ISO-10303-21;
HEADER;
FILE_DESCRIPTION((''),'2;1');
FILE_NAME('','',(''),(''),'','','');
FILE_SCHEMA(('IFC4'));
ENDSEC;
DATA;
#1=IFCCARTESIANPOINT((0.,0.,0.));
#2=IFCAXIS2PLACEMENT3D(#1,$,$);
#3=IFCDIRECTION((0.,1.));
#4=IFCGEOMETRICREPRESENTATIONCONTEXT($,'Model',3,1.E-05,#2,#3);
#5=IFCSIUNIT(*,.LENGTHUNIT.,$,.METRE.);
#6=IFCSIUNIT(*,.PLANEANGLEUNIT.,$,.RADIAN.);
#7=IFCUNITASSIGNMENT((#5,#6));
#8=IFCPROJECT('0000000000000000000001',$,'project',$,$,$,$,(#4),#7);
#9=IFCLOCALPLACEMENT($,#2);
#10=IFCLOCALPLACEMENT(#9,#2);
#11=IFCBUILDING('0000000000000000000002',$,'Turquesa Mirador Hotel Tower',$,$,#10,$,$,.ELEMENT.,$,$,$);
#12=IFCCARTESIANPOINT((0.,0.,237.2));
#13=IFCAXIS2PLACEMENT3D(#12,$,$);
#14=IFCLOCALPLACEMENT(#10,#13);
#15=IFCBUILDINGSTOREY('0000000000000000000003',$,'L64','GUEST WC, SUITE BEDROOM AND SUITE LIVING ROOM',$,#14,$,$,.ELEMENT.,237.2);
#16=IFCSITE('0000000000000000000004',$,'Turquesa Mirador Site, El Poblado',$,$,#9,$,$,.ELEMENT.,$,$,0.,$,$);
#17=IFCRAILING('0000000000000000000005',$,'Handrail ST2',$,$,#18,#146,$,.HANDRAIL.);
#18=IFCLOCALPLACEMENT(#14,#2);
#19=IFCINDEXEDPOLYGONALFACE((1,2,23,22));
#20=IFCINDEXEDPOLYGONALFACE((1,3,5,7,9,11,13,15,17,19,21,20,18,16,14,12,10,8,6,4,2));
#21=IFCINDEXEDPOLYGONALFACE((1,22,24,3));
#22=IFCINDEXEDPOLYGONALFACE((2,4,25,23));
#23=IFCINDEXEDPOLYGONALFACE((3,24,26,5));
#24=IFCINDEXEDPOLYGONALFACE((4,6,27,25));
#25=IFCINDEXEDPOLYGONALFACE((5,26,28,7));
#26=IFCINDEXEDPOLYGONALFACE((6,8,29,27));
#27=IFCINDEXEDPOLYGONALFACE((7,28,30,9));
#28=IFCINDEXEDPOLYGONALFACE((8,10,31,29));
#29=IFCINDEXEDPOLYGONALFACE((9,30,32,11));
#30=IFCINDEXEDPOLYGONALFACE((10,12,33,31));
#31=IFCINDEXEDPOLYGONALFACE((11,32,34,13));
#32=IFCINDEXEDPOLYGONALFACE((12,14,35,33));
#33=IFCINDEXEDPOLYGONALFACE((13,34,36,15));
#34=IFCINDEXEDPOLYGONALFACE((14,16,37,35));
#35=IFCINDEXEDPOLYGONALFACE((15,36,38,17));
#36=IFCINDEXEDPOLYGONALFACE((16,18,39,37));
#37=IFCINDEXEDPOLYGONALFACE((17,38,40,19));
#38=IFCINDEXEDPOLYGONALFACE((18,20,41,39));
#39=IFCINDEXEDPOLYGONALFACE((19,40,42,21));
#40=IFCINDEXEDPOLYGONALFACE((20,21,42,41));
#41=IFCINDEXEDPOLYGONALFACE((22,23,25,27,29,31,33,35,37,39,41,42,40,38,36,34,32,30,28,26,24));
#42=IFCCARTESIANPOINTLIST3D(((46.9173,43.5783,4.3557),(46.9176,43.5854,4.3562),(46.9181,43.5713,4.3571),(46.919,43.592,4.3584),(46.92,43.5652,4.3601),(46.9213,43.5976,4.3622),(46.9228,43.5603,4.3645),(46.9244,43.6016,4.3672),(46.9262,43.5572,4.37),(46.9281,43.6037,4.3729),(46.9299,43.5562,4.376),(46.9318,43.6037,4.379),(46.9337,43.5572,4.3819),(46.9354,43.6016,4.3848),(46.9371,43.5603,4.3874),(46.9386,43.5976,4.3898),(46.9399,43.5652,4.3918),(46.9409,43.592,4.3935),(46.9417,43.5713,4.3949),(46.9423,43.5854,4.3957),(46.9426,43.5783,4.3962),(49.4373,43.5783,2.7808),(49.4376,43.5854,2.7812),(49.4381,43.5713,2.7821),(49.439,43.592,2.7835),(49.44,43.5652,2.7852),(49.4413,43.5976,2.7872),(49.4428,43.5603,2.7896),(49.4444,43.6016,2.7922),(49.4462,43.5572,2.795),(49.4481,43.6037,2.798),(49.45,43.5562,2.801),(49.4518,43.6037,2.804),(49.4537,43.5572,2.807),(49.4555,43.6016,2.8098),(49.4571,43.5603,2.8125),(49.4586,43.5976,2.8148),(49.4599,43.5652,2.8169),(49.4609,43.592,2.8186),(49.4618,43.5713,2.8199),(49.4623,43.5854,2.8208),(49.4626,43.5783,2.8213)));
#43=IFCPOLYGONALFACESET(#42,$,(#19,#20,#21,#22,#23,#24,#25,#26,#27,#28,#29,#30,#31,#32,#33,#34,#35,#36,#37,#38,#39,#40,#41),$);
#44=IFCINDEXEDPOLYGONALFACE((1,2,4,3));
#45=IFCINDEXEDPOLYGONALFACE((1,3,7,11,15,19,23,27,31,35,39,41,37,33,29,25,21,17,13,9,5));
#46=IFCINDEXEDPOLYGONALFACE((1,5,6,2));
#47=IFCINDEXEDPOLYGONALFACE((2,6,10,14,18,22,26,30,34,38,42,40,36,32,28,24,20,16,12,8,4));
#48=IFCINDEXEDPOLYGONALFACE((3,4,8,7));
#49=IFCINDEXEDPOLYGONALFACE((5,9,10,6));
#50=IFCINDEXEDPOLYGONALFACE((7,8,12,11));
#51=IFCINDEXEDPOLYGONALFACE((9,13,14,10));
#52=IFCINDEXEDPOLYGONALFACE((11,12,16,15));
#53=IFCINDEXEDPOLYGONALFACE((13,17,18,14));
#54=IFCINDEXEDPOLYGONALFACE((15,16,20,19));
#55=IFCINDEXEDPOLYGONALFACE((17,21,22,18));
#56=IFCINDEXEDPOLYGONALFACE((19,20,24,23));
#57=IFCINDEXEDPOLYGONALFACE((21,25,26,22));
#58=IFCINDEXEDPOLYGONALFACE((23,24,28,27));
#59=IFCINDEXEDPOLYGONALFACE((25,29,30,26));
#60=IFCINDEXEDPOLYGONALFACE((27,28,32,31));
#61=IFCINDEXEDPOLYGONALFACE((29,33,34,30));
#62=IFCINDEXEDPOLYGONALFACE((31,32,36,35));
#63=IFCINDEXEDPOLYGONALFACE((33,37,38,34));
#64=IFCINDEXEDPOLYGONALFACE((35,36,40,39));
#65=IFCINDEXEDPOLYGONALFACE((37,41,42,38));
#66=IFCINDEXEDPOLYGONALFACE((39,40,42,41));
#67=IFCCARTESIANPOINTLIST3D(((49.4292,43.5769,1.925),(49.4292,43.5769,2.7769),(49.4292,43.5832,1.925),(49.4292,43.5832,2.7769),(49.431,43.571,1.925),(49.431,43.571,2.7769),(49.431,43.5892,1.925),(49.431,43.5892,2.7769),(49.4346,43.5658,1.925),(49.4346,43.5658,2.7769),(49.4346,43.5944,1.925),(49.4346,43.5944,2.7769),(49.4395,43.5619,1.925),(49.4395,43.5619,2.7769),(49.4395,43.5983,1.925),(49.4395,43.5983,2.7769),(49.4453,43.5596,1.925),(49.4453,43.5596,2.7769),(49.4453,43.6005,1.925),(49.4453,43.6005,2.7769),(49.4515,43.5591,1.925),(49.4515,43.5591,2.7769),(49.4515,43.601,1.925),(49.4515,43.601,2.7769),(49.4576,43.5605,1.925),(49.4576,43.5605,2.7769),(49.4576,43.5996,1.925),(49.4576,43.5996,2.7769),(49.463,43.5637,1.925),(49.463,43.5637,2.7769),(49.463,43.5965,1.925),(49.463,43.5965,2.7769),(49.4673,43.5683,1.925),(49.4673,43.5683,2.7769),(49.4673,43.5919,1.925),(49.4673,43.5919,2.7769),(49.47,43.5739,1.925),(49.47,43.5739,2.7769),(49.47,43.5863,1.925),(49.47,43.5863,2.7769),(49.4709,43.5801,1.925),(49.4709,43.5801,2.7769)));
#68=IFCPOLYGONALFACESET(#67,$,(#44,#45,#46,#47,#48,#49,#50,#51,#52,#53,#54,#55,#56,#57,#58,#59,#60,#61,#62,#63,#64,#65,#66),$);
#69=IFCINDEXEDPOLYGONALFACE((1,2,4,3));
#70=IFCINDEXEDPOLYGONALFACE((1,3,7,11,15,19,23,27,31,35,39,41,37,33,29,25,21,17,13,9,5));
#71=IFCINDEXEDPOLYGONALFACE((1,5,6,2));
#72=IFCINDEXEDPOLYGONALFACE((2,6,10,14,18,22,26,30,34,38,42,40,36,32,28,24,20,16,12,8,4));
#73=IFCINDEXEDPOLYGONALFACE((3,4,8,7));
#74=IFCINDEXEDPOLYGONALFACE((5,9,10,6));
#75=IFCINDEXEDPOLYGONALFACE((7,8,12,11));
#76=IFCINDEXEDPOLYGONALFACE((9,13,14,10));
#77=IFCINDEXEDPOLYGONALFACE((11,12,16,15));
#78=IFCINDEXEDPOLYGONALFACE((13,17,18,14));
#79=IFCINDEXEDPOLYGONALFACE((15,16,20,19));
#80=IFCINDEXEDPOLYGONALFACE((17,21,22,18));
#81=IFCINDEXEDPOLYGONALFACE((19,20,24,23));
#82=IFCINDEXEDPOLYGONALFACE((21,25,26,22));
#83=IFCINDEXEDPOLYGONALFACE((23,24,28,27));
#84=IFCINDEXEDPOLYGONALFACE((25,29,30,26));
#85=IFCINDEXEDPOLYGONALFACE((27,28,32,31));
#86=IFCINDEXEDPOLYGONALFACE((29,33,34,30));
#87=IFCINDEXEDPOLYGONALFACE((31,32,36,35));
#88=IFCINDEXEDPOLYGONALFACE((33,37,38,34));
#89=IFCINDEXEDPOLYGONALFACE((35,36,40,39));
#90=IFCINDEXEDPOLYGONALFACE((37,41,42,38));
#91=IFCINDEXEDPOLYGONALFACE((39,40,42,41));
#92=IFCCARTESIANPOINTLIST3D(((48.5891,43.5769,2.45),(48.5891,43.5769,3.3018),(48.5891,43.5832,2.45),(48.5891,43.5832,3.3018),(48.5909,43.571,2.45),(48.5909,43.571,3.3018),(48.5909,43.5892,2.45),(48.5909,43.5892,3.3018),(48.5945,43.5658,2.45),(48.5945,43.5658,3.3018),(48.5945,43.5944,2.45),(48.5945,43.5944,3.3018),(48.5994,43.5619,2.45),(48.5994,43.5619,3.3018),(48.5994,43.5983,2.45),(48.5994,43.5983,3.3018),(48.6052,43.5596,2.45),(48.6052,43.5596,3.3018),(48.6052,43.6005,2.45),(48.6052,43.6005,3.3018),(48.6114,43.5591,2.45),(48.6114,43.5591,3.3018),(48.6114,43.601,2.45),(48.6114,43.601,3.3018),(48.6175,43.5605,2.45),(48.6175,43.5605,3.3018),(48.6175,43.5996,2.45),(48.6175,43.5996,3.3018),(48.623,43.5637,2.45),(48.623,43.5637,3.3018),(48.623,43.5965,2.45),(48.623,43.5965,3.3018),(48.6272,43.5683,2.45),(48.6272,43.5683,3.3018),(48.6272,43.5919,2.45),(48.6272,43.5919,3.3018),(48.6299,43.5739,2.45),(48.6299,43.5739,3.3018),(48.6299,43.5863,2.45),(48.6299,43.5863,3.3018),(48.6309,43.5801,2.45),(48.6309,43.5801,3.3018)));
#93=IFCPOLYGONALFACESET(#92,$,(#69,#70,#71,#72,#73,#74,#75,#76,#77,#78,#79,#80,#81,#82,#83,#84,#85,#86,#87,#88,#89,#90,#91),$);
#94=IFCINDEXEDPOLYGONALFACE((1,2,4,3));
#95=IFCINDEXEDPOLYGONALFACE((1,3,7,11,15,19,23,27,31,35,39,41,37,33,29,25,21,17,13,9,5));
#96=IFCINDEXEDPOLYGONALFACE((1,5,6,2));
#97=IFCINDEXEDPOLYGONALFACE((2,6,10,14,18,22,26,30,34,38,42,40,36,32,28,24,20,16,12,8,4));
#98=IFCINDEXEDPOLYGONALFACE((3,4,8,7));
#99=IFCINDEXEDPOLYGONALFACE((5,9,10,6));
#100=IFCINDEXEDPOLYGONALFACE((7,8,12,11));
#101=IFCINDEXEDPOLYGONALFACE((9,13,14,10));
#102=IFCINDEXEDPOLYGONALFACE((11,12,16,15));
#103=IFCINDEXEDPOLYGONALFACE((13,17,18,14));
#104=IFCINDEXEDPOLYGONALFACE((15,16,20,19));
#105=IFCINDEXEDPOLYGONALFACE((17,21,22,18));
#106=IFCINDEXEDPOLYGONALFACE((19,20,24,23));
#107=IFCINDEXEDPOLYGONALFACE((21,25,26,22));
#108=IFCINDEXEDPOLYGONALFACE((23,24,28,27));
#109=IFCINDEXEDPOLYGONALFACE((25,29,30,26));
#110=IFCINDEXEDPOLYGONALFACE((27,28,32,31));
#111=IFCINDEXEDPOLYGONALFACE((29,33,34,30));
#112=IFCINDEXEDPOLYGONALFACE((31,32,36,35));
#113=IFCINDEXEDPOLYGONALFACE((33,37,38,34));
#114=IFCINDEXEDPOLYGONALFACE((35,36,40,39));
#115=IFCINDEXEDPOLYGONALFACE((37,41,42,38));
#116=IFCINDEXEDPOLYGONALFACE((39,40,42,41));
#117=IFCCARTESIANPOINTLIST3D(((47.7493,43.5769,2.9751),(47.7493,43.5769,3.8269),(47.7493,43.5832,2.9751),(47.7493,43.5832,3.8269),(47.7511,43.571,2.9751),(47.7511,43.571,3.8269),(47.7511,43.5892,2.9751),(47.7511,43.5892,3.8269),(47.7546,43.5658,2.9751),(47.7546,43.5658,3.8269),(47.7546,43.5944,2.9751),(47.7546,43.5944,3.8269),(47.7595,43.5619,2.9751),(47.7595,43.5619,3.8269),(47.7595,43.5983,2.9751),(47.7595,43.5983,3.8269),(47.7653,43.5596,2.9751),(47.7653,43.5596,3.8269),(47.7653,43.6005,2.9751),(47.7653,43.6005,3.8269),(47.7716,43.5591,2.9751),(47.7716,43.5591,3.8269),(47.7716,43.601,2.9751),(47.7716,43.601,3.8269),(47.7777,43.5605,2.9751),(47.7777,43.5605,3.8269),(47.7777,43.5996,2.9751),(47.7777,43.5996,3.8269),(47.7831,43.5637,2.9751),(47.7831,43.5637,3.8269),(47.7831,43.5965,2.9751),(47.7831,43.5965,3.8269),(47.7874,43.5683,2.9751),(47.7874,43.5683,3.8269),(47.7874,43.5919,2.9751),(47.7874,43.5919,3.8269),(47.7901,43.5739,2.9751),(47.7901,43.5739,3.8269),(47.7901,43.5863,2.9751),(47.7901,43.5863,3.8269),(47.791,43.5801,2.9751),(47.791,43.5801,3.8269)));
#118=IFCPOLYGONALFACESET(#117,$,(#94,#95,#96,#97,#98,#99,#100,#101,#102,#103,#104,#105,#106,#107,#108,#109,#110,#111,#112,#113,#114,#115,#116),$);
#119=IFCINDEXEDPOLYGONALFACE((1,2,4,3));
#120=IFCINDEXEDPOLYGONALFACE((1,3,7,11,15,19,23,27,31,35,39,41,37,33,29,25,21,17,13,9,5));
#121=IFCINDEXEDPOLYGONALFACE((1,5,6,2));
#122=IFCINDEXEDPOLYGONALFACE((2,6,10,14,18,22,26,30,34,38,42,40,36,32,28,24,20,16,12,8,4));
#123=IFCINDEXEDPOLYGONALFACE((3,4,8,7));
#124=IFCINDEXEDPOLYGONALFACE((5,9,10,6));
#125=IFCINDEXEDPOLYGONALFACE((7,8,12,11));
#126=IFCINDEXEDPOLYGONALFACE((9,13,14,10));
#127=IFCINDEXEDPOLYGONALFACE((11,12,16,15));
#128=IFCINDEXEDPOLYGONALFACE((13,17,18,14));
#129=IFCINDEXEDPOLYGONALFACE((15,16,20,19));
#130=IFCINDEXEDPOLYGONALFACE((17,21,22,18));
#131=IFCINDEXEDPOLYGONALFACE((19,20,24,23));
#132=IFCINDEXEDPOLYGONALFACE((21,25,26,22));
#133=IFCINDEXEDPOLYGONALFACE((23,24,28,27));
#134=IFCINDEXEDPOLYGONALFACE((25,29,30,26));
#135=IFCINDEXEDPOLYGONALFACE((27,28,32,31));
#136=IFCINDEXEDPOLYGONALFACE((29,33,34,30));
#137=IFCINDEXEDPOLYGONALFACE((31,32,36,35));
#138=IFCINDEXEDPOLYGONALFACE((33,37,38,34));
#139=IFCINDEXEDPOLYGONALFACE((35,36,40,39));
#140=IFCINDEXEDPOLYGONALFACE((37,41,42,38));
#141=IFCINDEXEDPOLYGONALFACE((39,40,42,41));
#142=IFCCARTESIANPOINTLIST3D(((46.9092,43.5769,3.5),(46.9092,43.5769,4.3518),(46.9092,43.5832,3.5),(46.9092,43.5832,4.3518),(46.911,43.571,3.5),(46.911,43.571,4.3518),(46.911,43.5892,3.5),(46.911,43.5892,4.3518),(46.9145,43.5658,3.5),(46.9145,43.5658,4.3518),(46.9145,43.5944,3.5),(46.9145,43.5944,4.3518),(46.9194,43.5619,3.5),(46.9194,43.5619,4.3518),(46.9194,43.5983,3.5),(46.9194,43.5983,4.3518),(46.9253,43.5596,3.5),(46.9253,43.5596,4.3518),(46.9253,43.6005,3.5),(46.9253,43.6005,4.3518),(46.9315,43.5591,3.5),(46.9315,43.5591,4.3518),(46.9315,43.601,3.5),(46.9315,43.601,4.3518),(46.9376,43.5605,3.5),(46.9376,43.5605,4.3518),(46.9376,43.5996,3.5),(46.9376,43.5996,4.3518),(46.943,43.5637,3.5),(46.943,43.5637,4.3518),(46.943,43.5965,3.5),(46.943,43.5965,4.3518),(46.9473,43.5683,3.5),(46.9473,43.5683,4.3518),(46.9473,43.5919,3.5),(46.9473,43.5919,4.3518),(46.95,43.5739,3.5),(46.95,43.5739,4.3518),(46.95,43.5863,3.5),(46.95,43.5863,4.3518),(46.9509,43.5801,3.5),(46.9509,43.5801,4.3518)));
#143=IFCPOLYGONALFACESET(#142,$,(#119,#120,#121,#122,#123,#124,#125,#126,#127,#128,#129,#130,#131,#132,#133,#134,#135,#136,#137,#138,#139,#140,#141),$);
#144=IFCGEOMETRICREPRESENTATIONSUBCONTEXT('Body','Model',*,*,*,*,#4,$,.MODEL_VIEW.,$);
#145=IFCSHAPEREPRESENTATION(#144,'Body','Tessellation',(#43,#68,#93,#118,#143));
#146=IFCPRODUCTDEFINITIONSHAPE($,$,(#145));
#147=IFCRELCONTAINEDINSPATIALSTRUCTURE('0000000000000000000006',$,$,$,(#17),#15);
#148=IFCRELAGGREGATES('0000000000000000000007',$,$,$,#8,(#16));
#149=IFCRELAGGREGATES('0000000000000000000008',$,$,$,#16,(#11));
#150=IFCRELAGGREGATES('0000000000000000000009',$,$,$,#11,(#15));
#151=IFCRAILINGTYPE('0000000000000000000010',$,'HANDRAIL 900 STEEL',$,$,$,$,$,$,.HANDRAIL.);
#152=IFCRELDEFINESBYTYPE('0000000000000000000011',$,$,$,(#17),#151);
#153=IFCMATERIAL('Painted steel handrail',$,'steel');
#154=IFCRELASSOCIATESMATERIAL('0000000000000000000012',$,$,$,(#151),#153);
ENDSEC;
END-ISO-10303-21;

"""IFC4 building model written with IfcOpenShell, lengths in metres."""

from ifc_helpers import new_model, si_unit, direction, frame, origin, origin_2d, place, context, subcontext, project, spatial, circle, extrude, material, type_object, element, save


model = new_model("IFC4")

# Units and contexts
model_context = context("Model", 3, precision=1e-05, world=origin(), true_north=direction((0.0, 1.0)))
body_context = subcontext(model_context, "Body", "Model", "MODEL_VIEW")
ifc_project = project(units=[si_unit("LENGTHUNIT", "METRE"), si_unit("PLANEANGLEUNIT", "RADIAN")], contexts=[model_context])

# Site, building, storey
site_placement = place(None, origin())
site = spatial("IfcSite", under=ifc_project, at=site_placement, Name="Turquesa Mirador Site, El Poblado", CompositionType="ELEMENT", RefElevation=0.0)
building_placement = place(site_placement, origin())
building = spatial("IfcBuilding", under=site, at=building_placement, Name="Turquesa Mirador Hotel Tower", CompositionType="ELEMENT")
storey_placement = place(building_placement, frame((0.0, 0.0, 237.2)))
storey = spatial("IfcBuildingStorey", under=building, at=storey_placement, Name="L64", Description="GUEST WC, SUITE BEDROOM AND SUITE LIVING ROOM", CompositionType="ELEMENT", Elevation=237.2)

# Railing
ifc_material_1 = material(Name="Painted steel handrail", Category="steel")
railing_type = type_object("IfcRailingType", Name="HANDRAIL 900 STEEL", PredefinedType="HANDRAIL", material=ifc_material_1)
railing_1_placement = place(storey_placement, frame((49.45, 43.5801, 1.925)))
element("IfcRailing", 1, at=railing_1_placement, inside=storey, type_object=railing_type, Name="Handrail ST2", PredefinedType="HANDRAIL", context=body_context, shape_type="SweptSolid", body=[
    extrude(circle(Radius=0.0239, at=origin_2d()), frame((0.0, 0.0, 0.876), z_axis=(-0.848008, 0.0, 0.529984), x_axis=(0.0, -1.0, 0.0)), (0.0, 0.0, 1.0), 2.9717),
    extrude(circle(Radius=0.021, at=origin_2d()), origin(), (0.0, 0.0, 1.0), 0.8518),
    extrude(circle(Radius=0.021, at=origin_2d()), frame((-0.8401, 0.0, 0.5249)), (0.0, 0.0, 1.0), 0.8518),
    extrude(circle(Radius=0.021, at=origin_2d()), frame((-1.6799, 0.0, 1.05)), (0.0, 0.0, 1.0), 0.8518),
    extrude(circle(Radius=0.021, at=origin_2d()), frame((-2.52, 0.0, 1.575)), (0.0, 0.0, 1.0), 0.8518),
])

save(model, "model.ifc")
